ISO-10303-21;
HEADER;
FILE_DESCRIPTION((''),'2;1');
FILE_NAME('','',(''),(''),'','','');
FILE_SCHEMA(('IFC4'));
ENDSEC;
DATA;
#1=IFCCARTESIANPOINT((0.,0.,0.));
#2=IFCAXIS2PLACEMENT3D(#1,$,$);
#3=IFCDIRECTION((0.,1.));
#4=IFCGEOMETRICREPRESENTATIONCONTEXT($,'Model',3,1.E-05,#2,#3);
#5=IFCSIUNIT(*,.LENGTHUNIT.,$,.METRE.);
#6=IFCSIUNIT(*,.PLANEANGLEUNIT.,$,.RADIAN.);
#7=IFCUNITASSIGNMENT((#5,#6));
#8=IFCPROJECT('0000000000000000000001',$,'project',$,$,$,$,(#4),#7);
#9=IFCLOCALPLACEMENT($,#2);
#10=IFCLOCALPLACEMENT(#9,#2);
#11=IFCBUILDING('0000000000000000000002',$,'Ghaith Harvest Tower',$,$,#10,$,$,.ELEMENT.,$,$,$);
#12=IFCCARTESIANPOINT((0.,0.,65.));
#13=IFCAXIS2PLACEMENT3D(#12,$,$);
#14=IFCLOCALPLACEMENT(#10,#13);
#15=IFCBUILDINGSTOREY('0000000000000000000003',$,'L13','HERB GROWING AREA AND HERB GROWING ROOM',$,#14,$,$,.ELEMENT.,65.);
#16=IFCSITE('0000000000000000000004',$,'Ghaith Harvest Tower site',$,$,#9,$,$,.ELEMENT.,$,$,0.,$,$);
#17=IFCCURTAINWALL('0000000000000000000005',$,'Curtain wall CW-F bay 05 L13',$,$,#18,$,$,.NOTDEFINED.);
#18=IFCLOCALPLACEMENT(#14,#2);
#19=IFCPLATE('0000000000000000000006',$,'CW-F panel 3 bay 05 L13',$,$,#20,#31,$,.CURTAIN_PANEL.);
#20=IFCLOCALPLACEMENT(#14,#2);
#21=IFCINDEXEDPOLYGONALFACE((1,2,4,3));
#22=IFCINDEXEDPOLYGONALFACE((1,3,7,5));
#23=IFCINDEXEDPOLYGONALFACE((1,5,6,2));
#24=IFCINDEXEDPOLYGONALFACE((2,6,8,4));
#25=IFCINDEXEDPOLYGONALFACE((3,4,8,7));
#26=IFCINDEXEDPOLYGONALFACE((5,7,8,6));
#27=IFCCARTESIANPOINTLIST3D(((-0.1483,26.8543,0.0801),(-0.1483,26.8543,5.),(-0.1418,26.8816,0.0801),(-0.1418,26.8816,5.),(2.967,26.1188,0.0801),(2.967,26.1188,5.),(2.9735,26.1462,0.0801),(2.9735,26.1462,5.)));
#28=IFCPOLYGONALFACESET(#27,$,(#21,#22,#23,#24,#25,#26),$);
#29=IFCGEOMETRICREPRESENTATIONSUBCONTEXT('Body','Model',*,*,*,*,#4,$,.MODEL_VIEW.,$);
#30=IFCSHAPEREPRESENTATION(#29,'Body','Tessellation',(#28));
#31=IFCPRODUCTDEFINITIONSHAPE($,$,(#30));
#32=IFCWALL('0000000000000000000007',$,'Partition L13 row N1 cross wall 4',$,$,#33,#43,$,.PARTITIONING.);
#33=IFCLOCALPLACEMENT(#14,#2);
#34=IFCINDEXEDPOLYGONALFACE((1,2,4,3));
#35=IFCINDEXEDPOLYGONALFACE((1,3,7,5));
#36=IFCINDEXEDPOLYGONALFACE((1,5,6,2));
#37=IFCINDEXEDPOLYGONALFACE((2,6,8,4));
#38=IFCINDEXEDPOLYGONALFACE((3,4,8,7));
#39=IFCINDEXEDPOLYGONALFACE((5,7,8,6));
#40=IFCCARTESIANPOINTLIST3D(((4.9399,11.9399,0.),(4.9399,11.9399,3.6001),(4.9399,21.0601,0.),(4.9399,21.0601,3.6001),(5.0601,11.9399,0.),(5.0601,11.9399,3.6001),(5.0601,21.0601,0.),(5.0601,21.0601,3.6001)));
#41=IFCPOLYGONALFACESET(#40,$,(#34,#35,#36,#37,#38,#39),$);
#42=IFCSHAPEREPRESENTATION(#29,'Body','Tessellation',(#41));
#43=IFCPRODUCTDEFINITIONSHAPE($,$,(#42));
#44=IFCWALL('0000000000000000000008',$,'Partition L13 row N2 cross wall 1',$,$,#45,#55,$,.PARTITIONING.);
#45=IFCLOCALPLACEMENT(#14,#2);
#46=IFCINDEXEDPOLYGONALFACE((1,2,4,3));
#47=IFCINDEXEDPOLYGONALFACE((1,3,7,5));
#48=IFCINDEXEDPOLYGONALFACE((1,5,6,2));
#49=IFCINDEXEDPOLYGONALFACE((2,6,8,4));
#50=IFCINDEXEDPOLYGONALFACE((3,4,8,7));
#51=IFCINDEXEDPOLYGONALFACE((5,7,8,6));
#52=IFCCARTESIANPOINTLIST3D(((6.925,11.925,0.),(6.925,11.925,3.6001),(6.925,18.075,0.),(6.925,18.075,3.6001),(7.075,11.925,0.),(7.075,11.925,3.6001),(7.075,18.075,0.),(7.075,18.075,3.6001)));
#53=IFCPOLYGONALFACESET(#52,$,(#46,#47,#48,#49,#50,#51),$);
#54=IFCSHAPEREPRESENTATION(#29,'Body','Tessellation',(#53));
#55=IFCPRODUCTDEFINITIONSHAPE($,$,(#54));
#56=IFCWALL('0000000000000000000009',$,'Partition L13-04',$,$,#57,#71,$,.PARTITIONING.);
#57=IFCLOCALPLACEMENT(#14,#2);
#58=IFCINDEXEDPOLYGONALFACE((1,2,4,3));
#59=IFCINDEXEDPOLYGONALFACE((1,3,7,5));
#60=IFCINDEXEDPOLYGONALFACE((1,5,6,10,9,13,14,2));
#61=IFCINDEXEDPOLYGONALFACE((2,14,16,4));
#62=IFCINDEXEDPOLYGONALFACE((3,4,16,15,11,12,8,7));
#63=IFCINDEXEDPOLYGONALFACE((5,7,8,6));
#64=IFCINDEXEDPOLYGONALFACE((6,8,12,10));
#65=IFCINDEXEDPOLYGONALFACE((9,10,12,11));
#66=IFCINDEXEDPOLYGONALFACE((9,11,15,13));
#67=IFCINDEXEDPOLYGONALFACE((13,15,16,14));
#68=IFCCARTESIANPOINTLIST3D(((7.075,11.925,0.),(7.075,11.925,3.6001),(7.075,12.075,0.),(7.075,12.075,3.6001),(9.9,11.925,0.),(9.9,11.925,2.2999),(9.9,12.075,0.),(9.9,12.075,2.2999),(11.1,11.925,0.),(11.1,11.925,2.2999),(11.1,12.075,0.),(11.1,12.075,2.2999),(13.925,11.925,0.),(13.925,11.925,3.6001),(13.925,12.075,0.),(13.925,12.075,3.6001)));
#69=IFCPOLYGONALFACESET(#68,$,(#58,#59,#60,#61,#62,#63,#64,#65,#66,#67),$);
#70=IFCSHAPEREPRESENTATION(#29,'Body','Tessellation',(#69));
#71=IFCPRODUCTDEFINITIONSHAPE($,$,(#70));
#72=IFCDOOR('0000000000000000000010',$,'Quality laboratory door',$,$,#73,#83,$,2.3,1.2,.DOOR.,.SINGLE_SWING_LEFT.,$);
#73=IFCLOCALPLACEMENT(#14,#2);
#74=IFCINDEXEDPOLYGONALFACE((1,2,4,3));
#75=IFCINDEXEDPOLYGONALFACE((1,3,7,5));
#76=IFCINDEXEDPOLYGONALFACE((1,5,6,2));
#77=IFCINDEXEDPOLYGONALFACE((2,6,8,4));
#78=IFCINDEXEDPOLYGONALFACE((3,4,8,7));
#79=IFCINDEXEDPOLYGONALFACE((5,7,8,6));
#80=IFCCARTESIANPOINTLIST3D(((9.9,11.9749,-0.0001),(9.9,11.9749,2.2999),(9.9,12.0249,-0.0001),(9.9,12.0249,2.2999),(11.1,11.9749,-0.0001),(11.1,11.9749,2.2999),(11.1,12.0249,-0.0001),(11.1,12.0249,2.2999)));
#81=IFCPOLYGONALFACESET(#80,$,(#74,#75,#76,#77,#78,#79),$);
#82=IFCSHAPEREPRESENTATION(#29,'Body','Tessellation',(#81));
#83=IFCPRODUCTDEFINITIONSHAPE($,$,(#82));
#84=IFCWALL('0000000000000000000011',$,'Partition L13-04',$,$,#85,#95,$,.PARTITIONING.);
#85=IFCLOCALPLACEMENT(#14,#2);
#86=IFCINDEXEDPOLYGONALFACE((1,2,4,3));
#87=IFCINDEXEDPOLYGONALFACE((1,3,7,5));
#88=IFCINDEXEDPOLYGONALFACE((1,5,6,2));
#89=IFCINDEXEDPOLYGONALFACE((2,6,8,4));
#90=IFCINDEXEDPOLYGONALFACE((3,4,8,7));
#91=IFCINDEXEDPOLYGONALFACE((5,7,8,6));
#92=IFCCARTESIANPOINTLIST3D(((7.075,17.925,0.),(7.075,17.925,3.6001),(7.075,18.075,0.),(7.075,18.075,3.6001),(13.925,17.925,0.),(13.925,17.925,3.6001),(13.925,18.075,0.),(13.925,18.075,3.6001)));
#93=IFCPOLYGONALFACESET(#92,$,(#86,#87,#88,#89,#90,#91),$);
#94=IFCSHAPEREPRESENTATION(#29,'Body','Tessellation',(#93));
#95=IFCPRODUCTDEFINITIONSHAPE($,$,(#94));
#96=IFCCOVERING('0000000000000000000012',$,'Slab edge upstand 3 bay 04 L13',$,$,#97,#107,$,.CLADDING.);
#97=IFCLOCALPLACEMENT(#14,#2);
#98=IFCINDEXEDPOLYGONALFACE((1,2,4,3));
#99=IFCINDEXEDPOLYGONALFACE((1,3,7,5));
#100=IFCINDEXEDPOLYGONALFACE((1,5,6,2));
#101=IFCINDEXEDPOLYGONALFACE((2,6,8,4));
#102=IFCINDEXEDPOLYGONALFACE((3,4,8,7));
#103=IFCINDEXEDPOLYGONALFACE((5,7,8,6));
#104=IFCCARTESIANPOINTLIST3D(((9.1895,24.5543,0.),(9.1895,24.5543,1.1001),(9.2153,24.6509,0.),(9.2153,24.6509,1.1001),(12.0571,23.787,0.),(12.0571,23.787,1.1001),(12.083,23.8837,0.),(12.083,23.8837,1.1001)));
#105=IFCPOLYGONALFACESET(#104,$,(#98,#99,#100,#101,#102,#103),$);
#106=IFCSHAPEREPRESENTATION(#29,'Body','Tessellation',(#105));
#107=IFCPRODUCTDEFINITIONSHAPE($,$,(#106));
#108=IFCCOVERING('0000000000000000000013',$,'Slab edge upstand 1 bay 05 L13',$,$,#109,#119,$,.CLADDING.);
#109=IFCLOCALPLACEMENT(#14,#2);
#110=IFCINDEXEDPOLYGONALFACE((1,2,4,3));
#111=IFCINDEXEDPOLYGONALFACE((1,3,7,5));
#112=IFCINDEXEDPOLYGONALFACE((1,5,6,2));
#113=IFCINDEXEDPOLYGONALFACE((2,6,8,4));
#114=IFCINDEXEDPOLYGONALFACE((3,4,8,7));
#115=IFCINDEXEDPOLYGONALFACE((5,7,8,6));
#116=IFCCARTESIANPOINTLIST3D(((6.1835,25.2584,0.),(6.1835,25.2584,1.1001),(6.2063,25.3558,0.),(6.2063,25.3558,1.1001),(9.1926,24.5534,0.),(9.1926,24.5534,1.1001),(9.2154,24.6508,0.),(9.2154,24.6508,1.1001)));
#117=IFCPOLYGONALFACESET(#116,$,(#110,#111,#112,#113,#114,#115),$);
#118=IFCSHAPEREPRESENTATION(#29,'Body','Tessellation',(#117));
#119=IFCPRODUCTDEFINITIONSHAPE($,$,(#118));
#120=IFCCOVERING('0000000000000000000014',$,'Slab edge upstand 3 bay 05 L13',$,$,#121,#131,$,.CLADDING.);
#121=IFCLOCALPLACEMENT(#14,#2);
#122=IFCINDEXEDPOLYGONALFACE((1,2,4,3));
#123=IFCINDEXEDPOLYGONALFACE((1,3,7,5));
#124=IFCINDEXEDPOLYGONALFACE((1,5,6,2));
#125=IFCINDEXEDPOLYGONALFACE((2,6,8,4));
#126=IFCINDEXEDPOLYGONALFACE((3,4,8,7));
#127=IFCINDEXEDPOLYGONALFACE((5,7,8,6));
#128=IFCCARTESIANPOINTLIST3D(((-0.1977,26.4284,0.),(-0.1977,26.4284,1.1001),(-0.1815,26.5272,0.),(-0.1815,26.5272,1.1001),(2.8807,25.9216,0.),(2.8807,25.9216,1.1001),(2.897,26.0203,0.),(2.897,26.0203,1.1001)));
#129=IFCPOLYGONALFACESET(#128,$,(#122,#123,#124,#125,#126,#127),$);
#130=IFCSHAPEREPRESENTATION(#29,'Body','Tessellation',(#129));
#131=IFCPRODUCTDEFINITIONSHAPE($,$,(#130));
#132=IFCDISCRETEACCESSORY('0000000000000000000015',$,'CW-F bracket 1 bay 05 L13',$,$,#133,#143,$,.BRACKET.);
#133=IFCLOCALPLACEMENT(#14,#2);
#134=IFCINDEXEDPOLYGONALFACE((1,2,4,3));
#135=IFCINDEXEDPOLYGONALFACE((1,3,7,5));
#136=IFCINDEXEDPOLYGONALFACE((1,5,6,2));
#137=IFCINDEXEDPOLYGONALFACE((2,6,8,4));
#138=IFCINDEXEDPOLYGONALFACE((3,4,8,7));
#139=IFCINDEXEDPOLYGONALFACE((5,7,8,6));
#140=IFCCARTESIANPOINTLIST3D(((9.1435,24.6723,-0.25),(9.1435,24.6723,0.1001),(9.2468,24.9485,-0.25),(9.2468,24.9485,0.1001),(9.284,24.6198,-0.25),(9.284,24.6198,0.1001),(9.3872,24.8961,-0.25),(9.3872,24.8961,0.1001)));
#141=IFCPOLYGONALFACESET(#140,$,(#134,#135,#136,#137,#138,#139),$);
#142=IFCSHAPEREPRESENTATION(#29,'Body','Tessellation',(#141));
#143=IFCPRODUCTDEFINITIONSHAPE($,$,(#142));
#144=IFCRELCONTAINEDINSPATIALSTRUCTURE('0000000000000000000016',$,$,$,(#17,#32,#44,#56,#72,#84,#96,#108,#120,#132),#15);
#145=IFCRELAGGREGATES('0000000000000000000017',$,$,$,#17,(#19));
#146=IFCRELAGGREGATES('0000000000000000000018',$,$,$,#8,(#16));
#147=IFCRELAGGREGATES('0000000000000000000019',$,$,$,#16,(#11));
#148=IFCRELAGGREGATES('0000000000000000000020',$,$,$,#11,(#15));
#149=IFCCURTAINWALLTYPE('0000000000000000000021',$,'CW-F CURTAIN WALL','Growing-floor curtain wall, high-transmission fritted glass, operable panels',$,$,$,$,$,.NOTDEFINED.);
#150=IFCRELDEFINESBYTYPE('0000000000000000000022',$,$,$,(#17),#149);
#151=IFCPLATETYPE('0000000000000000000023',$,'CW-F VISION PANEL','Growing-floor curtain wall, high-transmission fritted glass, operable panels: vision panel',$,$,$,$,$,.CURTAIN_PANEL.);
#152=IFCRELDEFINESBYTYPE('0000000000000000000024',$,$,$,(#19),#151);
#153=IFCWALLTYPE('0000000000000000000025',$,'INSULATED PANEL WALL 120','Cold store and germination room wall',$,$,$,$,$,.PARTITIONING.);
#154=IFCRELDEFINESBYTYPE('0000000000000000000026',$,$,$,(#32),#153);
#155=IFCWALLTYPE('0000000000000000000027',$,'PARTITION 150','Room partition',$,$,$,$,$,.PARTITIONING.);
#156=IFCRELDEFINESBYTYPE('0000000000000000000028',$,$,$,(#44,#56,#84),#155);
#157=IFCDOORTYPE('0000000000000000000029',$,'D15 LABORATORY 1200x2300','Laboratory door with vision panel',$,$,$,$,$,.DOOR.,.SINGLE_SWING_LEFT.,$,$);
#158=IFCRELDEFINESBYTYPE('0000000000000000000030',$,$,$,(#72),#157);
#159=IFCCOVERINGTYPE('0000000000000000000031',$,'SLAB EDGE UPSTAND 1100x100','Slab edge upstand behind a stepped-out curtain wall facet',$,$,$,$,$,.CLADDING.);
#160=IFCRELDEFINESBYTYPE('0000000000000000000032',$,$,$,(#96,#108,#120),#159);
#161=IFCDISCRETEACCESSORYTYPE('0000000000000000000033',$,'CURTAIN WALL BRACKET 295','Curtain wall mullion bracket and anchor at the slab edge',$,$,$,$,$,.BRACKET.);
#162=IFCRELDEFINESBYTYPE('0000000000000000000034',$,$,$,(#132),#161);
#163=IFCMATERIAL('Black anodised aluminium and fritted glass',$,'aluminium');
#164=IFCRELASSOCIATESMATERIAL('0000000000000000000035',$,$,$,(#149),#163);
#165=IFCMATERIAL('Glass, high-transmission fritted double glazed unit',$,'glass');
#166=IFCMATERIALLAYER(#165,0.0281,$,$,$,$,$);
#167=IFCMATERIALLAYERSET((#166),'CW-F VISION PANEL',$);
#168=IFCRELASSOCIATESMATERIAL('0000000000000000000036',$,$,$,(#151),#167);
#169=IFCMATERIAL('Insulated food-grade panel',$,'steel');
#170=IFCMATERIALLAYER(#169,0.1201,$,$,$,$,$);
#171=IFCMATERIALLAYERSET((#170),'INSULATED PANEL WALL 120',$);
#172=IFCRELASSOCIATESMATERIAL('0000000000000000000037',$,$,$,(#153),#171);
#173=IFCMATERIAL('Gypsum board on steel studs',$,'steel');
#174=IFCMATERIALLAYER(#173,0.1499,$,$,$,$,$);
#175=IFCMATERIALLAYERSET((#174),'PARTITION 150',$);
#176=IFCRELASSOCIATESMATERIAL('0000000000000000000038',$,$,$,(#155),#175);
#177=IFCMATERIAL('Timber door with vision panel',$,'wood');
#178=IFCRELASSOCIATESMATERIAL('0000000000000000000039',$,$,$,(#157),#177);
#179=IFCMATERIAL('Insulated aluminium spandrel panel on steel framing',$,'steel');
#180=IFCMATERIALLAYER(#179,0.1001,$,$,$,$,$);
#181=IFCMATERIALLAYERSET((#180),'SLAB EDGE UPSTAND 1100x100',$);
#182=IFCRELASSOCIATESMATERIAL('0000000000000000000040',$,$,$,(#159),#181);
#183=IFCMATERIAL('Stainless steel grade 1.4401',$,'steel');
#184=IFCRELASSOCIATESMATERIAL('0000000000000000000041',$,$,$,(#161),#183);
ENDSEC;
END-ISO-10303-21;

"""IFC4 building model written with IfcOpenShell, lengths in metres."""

from ifc_helpers import new_model, si_unit, direction, frame, frame_2d, origin, origin_2d, place, context, subcontext, project, spatial, rectangle, extrude, material, layer, layer_set, type_object, element, fill, aggregate, save


model = new_model("IFC4")

# Units and contexts
model_context = context("Model", 3, precision=1e-05, world=origin(), true_north=direction((0.0, 1.0)))
body_context = subcontext(model_context, "Body", "Model", "MODEL_VIEW")
ifc_project = project(units=[si_unit("LENGTHUNIT", "METRE"), si_unit("PLANEANGLEUNIT", "RADIAN")], contexts=[model_context])

# Site, building, storey
site_placement = place(None, origin())
site = spatial("IfcSite", under=ifc_project, at=site_placement, Name="Ghaith Harvest Tower site", CompositionType="ELEMENT", RefElevation=0.0)
building_placement = place(site_placement, origin())
building = spatial("IfcBuilding", under=site, at=building_placement, Name="Ghaith Harvest Tower", CompositionType="ELEMENT")
storey_placement = place(building_placement, frame((0.0, 0.0, 65.0)))
storey = spatial("IfcBuildingStorey", under=building, at=storey_placement, Name="L13", Description="HERB GROWING AREA AND HERB GROWING ROOM", CompositionType="ELEMENT", Elevation=65.0)

# Shared definitions
ifc_material_1 = material(Name="Black anodised aluminium and fritted glass", Category="aluminium")
curtain_wall_type = type_object("IfcCurtainWallType", Name="CW-F CURTAIN WALL", Description="Growing-floor curtain wall, high-transmission fritted glass, operable panels", PredefinedType="NOTDEFINED", material=ifc_material_1)

# Curtain wall
curtain_wall_1_placement = place(storey_placement, origin())
curtain_wall_1 = element("IfcCurtainWall", 1, at=curtain_wall_1_placement, inside=storey, type_object=curtain_wall_type, Name="Curtain wall CW-F bay 05 L13", PredefinedType="NOTDEFINED")

# Plate
ifc_material_2 = material(Name="Glass, high-transmission fritted double glazed unit", Category="glass")
ifc_layer_1 = layer(ifc_material_2, 0.0281)
ifc_layer_set_1 = layer_set([ifc_layer_1], Name="CW-F VISION PANEL")
plate_type = type_object("IfcPlateType", Name="CW-F VISION PANEL", Description="Growing-floor curtain wall, high-transmission fritted glass, operable panels: vision panel", PredefinedType="CURTAIN_PANEL", material=ifc_layer_set_1)
plate_1_placement = place(storey_placement, frame((1.4126, 26.5002, 0.0801), z_axis=(0.0, 0.0, 1.0), x_axis=(-0.973246, 0.229766, 0.0)))
plate_1 = element("IfcPlate", 2, at=plate_1_placement, type_object=plate_type, Name="CW-F panel 3 bay 05 L13", PredefinedType="CURTAIN_PANEL", context=body_context, shape_type="SweptSolid", body=[
    extrude(rectangle(XDim=3.2009, YDim=0.0281, at=origin_2d()), origin(), (0.0, 0.0, 1.0), 4.9199),
])
aggregate(curtain_wall_1, [plate_1])

# Walls
ifc_material_3 = material(Name="Insulated food-grade panel", Category="steel")
ifc_layer_2 = layer(ifc_material_3, 0.1201)
ifc_layer_set_2 = layer_set([ifc_layer_2], Name="INSULATED PANEL WALL 120")
wall_type_1 = type_object("IfcWallType", Name="INSULATED PANEL WALL 120", Description="Cold store and germination room wall", PredefinedType="PARTITIONING", material=ifc_layer_set_2)
wall_1_placement = place(storey_placement, frame((5.0, 11.9399, 0.0), z_axis=(0.0, 0.0, 1.0), x_axis=(0.0, 1.0, 0.0)))
element("IfcWall", 3, at=wall_1_placement, inside=storey, type_object=wall_type_1, Name="Partition L13 row N1 cross wall 4", PredefinedType="PARTITIONING", context=body_context, shape_type="SweptSolid", body=[
    extrude(rectangle(XDim=9.1201, YDim=0.1201, at=frame_2d((4.5601, 0.0))), origin(), (0.0, 0.0, 1.0), 3.6001),
])
ifc_material_4 = material(Name="Gypsum board on steel studs", Category="steel")
ifc_layer_3 = layer(ifc_material_4, 0.1499)
ifc_layer_set_3 = layer_set([ifc_layer_3], Name="PARTITION 150")
wall_type_2 = type_object("IfcWallType", Name="PARTITION 150", Description="Room partition", PredefinedType="PARTITIONING", material=ifc_layer_set_3)
wall_2_placement = place(storey_placement, frame((7.0, 11.925, 0.0), z_axis=(0.0, 0.0, 1.0), x_axis=(0.0, 1.0, 0.0)))
element("IfcWall", 4, at=wall_2_placement, inside=storey, type_object=wall_type_2, Name="Partition L13 row N2 cross wall 1", PredefinedType="PARTITIONING", context=body_context, shape_type="SweptSolid", body=[
    extrude(rectangle(XDim=6.1499, YDim=0.1499, at=frame_2d((3.075, 0.0))), origin(), (0.0, 0.0, 1.0), 3.6001),
])

# Wall, opening, door
wall_3_placement = place(storey_placement, frame((7.075, 12.0, 0.0), z_axis=(0.0, 0.0, 1.0), x_axis=(1.0, 0.0, 0.0)))
wall_3 = element("IfcWall", 5, at=wall_3_placement, inside=storey, type_object=wall_type_2, Name="Partition L13-04", PredefinedType="PARTITIONING", context=body_context, shape_type="SweptSolid", body=[
    extrude(rectangle(XDim=6.8501, YDim=0.1499, at=frame_2d((3.425, 0.0))), origin(), (0.0, 0.0, 1.0), 3.6001),
])
opening_placement = place(wall_3_placement, frame((2.825, 0.0, 0.0)))
opening = element("IfcOpeningElement", 6, at=opening_placement, cuts=wall_3, PredefinedType="OPENING", context=body_context, shape_type="SweptSolid", body=[
    extrude(rectangle(XDim=1.2, YDim=2.3, at=frame_2d((0.6001, 1.1499))), frame((0.0, 0.085, 0.0), z_axis=(0.0, -1.0, 0.0), x_axis=(1.0, 0.0, 0.0)), (0.0, 0.0, 1.0), 0.1699),
])
ifc_material_5 = material(Name="Timber door with vision panel", Category="wood")
door_type = type_object("IfcDoorType", Name="D15 LABORATORY 1200x2300", Description="Laboratory door with vision panel", OperationType="SINGLE_SWING_LEFT", PredefinedType="DOOR", material=ifc_material_5)
door_placement = place(opening_placement, origin())
door = element("IfcDoor", 7, at=door_placement, inside=storey, type_object=door_type, Name="Quality laboratory door", OperationType="SINGLE_SWING_LEFT", OverallHeight=2.3, OverallWidth=1.2, PredefinedType="DOOR", context=body_context, shape_type="SweptSolid", body=[
    extrude(rectangle(XDim=1.2, YDim=2.3, at=frame_2d((0.6001, 1.1499))), frame((0.0, 0.0249, 0.0), z_axis=(0.0, -1.0, 0.0), x_axis=(1.0, 0.0, 0.0)), (0.0, 0.0, 1.0), 0.05),
])
fill(opening, door)

# Wall
wall_4_placement = place(storey_placement, frame((7.075, 18.0, 0.0), z_axis=(0.0, 0.0, 1.0), x_axis=(1.0, 0.0, 0.0)))
element("IfcWall", 8, at=wall_4_placement, inside=storey, type_object=wall_type_2, Name="Partition L13-04", PredefinedType="PARTITIONING", context=body_context, shape_type="SweptSolid", body=[
    extrude(rectangle(XDim=6.8501, YDim=0.1499, at=frame_2d((3.425, 0.0))), origin(), (0.0, 0.0, 1.0), 3.6001),
])

# Coverings
ifc_material_6 = material(Name="Insulated aluminium spandrel panel on steel framing", Category="steel")
ifc_layer_4 = layer(ifc_material_6, 0.1001)
ifc_layer_set_4 = layer_set([ifc_layer_4], Name="SLAB EDGE UPSTAND 1100x100")
covering_type = type_object("IfcCoveringType", Name="SLAB EDGE UPSTAND 1100x100", Description="Slab edge upstand behind a stepped-out curtain wall facet", PredefinedType="CLADDING", material=ifc_layer_set_4)
covering_1_placement = place(storey_placement, frame((10.6362, 24.219, 0.0), z_axis=(0.0, 0.0, 1.0), x_axis=(-0.966024, 0.258451, 0.0)))
element("IfcCovering", 9, at=covering_1_placement, inside=storey, type_object=covering_type, Name="Slab edge upstand 3 bay 04 L13", PredefinedType="CLADDING", context=body_context, shape_type="SweptSolid", body=[
    extrude(rectangle(XDim=2.9685, YDim=0.1001, at=origin_2d()), origin(), (0.0, 0.0, 1.0), 1.1001),
])
covering_2_placement = place(storey_placement, frame((7.6995, 24.9546, 0.0), z_axis=(0.0, 0.0, 1.0), x_axis=(-0.973634, 0.228115, 0.0)))
element("IfcCovering", 10, at=covering_2_placement, inside=storey, type_object=covering_type, Name="Slab edge upstand 1 bay 05 L13", PredefinedType="CLADDING", context=body_context, shape_type="SweptSolid", body=[
    extrude(rectangle(XDim=3.0906, YDim=0.1001, at=origin_2d()), origin(), (0.0, 0.0, 1.0), 1.1001),
])
covering_3_placement = place(storey_placement, frame((1.3496, 26.2244, 0.0), z_axis=(0.0, 0.0, 1.0), x_axis=(-0.986716, 0.162453, 0.0)))
element("IfcCovering", 11, at=covering_3_placement, inside=storey, type_object=covering_type, Name="Slab edge upstand 3 bay 05 L13", PredefinedType="CLADDING", context=body_context, shape_type="SweptSolid", body=[
    extrude(rectangle(XDim=3.1199, YDim=0.1001, at=origin_2d()), origin(), (0.0, 0.0, 1.0), 1.1001),
])

# Discrete accessory
ifc_material_7 = material(Name="Stainless steel grade 1.4401", Category="steel")
discrete_accessory_type = type_object("IfcDiscreteAccessoryType", Name="CURTAIN WALL BRACKET 295", Description="Curtain wall mullion bracket and anchor at the slab edge", PredefinedType="BRACKET", material=ifc_material_7)
discrete_accessory_placement = place(storey_placement, frame((9.2654, 24.7842, -0.25), z_axis=(0.0, 0.0, 1.0), x_axis=(0.350168, 0.936687, 0.0)))
element("IfcDiscreteAccessory", 12, at=discrete_accessory_placement, inside=storey, type_object=discrete_accessory_type, Name="CW-F bracket 1 bay 05 L13", PredefinedType="BRACKET", context=body_context, shape_type="SweptSolid", body=[
    extrude(rectangle(XDim=0.2949, YDim=0.1499, at=origin_2d()), origin(), (0.0, 0.0, 1.0), 0.3501),
])

save(model, "model.ifc")
